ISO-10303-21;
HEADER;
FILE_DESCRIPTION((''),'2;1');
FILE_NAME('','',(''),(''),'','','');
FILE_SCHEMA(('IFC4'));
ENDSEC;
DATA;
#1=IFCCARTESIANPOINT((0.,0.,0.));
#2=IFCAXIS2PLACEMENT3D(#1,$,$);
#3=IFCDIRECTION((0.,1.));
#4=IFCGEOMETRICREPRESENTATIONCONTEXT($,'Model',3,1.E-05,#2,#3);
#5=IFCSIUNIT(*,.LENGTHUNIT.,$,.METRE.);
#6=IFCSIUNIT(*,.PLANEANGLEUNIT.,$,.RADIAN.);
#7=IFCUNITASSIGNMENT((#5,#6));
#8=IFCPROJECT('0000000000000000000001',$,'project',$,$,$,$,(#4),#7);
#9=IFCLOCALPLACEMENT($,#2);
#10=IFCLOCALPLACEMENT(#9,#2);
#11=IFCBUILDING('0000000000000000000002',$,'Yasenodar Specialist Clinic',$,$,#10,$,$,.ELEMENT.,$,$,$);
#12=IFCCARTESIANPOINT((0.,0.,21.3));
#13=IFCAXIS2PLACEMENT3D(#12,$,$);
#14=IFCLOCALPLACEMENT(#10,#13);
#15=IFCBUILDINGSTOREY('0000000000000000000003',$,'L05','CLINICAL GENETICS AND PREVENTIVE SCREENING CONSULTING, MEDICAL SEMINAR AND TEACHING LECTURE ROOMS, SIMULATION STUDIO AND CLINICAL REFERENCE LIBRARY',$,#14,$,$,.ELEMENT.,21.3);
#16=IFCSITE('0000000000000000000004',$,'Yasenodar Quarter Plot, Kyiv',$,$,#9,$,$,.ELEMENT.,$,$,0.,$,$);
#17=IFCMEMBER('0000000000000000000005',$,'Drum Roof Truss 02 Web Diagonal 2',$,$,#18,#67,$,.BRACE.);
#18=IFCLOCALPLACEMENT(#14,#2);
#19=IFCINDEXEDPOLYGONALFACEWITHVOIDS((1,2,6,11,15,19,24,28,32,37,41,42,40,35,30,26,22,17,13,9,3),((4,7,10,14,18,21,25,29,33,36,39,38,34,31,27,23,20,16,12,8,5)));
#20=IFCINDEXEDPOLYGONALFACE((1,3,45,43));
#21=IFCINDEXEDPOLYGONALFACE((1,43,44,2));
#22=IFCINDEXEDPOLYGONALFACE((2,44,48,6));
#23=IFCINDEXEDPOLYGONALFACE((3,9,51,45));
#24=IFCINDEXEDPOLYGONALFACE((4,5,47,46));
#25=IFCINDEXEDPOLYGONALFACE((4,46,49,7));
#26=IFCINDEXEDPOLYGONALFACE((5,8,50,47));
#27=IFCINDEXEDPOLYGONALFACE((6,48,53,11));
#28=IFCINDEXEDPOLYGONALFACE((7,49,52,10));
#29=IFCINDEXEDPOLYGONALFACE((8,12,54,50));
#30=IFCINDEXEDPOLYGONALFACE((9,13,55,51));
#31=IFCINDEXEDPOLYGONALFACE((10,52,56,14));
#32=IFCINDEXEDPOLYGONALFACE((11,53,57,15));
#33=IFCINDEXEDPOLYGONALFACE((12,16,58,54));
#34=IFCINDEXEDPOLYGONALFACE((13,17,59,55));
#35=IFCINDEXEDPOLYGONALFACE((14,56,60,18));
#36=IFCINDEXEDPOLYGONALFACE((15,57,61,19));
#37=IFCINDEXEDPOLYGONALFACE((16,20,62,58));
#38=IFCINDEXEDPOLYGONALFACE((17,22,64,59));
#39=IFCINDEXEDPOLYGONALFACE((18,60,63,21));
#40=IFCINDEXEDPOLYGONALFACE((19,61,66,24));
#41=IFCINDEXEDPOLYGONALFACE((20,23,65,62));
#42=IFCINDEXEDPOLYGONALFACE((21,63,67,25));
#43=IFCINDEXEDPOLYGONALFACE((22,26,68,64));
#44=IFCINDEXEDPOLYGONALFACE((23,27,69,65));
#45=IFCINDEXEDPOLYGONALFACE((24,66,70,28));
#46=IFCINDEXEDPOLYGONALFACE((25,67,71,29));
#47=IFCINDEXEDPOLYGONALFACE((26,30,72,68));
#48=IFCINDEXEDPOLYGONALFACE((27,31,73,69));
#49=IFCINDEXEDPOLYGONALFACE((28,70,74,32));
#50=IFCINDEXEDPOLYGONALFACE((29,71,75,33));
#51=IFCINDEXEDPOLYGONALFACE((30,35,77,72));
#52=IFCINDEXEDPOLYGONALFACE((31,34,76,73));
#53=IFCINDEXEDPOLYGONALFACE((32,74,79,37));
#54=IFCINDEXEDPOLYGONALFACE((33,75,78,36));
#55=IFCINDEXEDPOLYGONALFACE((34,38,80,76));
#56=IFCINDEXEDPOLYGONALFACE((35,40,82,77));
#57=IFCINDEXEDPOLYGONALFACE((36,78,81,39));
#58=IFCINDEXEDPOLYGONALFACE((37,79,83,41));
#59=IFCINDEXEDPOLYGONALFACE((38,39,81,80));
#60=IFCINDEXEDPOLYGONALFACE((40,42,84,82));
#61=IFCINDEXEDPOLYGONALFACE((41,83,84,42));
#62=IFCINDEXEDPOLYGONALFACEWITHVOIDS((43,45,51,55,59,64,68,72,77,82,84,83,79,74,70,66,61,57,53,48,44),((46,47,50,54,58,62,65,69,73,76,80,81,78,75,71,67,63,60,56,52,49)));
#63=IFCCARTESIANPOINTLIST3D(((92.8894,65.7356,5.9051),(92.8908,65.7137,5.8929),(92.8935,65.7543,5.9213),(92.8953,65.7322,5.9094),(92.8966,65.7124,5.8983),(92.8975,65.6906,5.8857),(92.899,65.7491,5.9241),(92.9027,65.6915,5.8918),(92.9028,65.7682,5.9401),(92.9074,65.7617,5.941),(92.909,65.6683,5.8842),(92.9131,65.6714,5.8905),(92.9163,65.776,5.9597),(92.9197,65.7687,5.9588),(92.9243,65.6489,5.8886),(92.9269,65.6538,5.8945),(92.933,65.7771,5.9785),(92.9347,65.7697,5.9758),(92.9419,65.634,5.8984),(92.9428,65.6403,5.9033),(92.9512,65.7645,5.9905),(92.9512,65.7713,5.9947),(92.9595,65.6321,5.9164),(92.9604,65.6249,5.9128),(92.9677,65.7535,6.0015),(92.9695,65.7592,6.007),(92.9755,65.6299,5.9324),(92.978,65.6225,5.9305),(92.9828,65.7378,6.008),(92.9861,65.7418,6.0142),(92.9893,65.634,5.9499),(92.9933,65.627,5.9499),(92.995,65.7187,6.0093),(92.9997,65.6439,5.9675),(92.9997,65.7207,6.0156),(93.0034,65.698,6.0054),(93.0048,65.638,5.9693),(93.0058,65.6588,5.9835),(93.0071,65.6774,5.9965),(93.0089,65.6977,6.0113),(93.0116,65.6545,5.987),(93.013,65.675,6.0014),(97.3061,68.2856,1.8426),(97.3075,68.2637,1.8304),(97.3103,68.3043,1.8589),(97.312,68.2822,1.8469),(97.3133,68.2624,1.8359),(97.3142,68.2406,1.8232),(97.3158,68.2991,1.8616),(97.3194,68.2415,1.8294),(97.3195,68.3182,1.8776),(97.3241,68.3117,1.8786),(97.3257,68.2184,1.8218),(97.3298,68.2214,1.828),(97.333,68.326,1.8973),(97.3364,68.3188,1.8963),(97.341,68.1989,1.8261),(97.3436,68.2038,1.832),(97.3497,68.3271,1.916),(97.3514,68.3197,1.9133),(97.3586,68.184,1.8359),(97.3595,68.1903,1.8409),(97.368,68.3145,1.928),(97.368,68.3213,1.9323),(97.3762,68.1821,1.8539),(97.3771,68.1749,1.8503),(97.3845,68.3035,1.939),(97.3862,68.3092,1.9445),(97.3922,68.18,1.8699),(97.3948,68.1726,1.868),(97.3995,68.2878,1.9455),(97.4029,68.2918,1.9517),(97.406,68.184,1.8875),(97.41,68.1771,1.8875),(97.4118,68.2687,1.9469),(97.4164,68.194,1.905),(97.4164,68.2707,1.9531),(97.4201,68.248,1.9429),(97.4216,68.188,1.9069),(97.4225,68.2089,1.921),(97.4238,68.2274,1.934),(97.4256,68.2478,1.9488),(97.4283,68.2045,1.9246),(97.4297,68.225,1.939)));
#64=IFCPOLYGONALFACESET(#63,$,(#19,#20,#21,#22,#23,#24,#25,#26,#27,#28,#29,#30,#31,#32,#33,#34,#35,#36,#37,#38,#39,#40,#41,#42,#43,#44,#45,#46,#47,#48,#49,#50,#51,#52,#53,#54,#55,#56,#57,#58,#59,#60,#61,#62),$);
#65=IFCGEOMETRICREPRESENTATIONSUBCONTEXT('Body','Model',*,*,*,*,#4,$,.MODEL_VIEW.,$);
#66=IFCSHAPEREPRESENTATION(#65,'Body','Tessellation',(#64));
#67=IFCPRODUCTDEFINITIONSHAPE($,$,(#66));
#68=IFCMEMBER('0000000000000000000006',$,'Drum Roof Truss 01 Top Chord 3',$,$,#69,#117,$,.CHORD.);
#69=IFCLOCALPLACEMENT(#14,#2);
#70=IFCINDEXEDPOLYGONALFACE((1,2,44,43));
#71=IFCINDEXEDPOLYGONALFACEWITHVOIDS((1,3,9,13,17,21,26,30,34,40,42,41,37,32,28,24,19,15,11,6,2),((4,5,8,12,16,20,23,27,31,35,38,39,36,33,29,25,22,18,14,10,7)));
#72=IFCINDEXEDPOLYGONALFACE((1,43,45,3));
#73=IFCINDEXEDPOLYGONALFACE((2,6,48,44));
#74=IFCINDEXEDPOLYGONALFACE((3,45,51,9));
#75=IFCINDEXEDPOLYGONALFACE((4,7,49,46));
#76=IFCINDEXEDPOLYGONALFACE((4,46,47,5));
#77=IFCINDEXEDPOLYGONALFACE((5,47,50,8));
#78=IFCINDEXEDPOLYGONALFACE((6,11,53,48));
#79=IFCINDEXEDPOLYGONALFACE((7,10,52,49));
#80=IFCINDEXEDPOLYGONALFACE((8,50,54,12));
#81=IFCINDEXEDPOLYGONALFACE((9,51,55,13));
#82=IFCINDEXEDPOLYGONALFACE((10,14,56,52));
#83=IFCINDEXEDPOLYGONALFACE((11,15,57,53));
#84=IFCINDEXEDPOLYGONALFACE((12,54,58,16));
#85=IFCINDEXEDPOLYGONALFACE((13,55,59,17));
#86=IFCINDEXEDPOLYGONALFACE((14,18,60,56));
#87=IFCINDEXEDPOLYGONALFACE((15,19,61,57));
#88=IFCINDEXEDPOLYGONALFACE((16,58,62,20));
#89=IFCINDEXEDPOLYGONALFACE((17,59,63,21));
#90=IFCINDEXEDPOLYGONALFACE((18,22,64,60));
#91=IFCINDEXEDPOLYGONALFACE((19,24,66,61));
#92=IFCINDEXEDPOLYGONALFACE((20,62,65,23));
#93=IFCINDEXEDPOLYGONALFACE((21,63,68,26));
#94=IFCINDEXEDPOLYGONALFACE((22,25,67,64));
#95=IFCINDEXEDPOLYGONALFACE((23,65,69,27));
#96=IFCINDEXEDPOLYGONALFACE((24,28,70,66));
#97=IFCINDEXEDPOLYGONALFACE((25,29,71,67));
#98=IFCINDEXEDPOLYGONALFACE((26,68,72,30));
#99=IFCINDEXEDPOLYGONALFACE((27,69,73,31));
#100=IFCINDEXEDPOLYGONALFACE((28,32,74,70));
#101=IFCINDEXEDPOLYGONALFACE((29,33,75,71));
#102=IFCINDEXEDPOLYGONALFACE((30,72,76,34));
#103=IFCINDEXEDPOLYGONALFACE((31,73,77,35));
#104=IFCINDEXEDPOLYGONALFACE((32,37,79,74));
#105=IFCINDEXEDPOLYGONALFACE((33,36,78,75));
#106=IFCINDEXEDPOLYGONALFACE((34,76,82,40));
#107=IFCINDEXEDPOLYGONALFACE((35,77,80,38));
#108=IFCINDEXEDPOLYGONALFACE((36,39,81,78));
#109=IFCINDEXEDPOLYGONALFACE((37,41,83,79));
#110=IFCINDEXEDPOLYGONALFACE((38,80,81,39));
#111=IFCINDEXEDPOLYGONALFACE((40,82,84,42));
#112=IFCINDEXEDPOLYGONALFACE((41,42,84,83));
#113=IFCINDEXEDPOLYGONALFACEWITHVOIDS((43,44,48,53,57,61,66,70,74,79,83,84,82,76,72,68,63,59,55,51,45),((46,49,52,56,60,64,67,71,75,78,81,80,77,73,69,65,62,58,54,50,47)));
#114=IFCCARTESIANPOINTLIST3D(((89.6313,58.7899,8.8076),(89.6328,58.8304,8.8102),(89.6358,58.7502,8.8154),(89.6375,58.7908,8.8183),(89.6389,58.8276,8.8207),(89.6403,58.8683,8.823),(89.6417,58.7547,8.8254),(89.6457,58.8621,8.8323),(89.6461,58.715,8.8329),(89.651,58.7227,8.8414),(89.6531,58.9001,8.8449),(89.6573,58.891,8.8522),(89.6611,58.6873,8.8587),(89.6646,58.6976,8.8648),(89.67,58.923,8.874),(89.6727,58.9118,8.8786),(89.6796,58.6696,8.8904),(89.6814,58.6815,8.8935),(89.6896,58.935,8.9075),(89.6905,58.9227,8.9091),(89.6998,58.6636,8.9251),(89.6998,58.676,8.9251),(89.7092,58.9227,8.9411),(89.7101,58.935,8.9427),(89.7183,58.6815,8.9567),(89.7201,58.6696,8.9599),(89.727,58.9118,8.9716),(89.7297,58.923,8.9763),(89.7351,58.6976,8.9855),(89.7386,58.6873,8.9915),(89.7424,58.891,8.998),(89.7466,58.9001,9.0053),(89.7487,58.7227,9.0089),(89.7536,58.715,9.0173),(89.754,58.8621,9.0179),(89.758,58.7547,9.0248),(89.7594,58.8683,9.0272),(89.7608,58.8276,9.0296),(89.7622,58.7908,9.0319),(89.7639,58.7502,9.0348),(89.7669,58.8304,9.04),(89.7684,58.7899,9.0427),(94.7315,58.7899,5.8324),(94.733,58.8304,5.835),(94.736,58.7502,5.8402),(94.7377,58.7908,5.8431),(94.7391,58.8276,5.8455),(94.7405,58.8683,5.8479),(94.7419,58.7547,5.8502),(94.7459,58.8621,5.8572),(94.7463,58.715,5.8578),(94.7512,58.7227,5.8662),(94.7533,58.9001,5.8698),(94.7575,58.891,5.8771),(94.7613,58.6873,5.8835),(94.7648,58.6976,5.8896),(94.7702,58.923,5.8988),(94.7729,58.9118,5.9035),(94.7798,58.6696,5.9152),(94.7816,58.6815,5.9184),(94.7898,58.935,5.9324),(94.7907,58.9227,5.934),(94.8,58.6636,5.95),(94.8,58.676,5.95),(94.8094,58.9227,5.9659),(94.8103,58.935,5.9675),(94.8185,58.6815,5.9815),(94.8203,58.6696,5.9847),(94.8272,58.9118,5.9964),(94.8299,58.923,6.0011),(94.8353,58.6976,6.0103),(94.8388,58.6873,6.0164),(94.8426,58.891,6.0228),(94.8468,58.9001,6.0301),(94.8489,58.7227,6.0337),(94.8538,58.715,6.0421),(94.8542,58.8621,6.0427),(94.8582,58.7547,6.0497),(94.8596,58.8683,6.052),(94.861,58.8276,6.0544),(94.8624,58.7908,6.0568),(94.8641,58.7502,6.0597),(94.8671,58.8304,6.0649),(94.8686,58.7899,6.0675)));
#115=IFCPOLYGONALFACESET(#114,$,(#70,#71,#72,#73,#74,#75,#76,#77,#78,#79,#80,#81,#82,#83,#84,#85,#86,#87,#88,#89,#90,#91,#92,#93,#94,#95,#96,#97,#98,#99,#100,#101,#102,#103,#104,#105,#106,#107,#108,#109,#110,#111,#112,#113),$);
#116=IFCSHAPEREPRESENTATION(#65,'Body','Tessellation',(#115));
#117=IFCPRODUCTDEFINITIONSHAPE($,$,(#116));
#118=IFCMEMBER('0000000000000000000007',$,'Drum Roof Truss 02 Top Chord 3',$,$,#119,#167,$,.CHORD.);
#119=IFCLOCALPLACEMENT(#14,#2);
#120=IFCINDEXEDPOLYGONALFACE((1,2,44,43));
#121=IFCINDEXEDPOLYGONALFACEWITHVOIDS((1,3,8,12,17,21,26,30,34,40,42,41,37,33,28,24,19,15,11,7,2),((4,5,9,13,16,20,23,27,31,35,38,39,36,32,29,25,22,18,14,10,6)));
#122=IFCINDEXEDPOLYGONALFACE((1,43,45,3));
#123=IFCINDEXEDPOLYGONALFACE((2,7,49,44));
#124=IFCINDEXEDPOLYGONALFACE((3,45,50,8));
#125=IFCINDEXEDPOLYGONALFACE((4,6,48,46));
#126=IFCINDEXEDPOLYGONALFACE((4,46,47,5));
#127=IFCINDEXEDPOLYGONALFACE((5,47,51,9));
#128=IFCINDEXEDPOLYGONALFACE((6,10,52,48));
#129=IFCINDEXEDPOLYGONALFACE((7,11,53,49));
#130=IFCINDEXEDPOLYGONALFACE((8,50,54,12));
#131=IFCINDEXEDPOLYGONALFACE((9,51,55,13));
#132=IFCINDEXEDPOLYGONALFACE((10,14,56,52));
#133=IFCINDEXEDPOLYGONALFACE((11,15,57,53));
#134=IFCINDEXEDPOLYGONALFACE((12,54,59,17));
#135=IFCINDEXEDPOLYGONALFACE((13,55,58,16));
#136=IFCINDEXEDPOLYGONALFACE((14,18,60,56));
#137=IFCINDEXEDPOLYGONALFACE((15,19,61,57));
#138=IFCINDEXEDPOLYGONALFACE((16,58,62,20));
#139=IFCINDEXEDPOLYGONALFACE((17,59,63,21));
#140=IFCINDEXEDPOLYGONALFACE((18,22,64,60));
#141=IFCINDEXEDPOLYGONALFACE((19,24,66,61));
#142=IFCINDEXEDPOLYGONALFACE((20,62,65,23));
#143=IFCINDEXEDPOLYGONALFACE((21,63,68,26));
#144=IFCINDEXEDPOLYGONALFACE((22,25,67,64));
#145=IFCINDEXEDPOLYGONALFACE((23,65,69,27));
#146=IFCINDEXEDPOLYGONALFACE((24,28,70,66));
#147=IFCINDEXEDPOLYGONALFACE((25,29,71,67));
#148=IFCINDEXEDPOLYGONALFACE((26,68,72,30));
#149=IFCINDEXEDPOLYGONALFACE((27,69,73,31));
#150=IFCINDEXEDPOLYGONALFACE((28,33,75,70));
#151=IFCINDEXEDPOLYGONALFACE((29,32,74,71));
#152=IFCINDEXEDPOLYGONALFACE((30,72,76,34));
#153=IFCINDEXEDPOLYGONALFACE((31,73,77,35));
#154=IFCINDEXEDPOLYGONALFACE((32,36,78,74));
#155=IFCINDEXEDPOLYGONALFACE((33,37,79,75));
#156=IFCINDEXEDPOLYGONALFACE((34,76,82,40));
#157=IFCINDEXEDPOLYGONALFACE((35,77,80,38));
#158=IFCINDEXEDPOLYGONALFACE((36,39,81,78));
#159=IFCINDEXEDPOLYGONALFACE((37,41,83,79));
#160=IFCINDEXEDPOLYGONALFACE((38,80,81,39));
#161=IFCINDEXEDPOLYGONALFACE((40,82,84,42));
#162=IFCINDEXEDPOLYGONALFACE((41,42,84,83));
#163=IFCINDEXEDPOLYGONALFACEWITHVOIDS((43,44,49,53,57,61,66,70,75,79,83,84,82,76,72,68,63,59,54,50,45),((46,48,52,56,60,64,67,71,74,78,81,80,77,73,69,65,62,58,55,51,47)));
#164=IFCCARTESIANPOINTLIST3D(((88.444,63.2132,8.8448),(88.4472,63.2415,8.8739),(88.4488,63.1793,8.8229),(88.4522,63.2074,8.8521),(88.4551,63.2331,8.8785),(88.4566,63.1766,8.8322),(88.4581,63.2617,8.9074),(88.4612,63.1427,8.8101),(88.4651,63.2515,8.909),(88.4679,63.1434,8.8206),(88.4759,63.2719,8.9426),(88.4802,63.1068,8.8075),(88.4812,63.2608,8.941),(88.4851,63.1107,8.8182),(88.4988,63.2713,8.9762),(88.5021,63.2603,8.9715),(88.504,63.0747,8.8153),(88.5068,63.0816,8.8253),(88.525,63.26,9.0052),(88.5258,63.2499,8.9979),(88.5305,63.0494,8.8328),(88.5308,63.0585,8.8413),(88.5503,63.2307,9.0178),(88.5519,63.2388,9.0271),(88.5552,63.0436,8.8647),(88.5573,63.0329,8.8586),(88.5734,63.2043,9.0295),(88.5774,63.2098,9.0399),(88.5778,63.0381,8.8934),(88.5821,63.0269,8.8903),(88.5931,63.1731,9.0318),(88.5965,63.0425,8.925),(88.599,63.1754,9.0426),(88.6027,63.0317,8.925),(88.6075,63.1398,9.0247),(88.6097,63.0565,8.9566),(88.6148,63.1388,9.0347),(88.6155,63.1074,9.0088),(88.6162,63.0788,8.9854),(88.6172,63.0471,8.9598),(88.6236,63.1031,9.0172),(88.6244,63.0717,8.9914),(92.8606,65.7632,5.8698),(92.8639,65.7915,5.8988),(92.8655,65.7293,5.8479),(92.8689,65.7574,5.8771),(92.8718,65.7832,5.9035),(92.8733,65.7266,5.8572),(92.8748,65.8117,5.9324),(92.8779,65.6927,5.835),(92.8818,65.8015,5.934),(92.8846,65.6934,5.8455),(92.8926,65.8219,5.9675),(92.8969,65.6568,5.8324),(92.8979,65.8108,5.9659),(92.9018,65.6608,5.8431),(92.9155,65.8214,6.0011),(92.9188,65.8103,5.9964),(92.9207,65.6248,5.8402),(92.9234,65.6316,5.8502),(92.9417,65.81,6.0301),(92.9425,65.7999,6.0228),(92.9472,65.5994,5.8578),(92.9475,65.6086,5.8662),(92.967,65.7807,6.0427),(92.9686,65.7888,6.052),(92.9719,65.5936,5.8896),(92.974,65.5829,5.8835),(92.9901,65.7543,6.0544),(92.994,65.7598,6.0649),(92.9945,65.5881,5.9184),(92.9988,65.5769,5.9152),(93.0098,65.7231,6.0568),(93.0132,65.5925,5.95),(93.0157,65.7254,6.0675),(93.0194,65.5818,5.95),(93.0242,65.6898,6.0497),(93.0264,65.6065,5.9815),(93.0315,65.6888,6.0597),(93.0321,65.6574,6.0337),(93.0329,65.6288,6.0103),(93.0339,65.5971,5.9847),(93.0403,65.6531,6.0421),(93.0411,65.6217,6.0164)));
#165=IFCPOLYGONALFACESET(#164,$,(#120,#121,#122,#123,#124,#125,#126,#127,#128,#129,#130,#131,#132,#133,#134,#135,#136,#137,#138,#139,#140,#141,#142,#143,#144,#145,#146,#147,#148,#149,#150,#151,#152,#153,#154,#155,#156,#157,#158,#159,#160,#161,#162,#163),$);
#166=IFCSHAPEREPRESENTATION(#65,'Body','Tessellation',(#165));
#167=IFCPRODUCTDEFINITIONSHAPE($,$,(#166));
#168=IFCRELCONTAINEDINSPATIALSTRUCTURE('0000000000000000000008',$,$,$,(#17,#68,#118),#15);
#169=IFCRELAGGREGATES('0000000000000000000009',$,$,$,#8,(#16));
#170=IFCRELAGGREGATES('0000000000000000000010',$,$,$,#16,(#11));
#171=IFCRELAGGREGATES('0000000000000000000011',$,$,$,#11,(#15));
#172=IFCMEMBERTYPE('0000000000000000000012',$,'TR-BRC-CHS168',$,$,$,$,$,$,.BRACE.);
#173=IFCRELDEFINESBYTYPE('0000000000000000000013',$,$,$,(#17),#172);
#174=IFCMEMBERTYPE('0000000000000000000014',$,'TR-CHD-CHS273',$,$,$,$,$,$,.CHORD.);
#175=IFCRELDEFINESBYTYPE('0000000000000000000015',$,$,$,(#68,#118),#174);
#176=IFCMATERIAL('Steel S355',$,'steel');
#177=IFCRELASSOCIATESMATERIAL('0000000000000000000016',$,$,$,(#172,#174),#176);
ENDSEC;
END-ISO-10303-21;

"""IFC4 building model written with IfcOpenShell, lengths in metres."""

from ifc_helpers import new_model, si_unit, direction, frame, origin, origin_2d, place, context, subcontext, project, spatial, hollow_circle, extrude, material, material_profile, profile_set, type_object, element, save


model = new_model("IFC4")

# Units and contexts
model_context = context("Model", 3, precision=1e-05, world=origin(), true_north=direction((0.0, 1.0)))
body_context = subcontext(model_context, "Body", "Model", "MODEL_VIEW")
ifc_project = project(units=[si_unit("LENGTHUNIT", "METRE"), si_unit("PLANEANGLEUNIT", "RADIAN")], contexts=[model_context])

# Site, building, storey
site_placement = place(None, origin())
site = spatial("IfcSite", under=ifc_project, at=site_placement, Name="Yasenodar Quarter Plot, Kyiv", CompositionType="ELEMENT", RefElevation=0.0)
building_placement = place(site_placement, origin())
building = spatial("IfcBuilding", under=site, at=building_placement, Name="Yasenodar Specialist Clinic", CompositionType="ELEMENT")
storey_placement = place(building_placement, frame((0.0, 0.0, 21.3)))
storey = spatial("IfcBuildingStorey", under=building, at=storey_placement, Name="L05", Description="CLINICAL GENETICS AND PREVENTIVE SCREENING CONSULTING, MEDICAL SEMINAR AND TEACHING LECTURE ROOMS, SIMULATION STUDIO AND CLINICAL REFERENCE LIBRARY", CompositionType="ELEMENT", Elevation=21.3)

# Members
ifc_material = material(Name="Steel S355", Category="steel")
ifc_material_profile_1 = material_profile(ifc_material, hollow_circle(Radius=0.0842, WallThickness=0.0081, at=origin_2d()), Name="CHS 168.3x8")
ifc_profile_set_1 = profile_set([ifc_material_profile_1], Name="Steel S355")
member_type_1 = type_object("IfcMemberType", Name="TR-BRC-CHS168", PredefinedType="BRACE", material=ifc_profile_set_1)
for number, where, z_axis, x_axis, name in (
    (1, (97.3679, 68.25, 1.8875), (-0.677384, -0.391094, 0.623054), (0.500006, -0.866022, 0.0), "Drum Roof Truss 02 Web Diagonal 2"),
):
    element("IfcMember", number, at=place(storey_placement, frame(where, z_axis=z_axis, x_axis=x_axis)), inside=storey, type_object=member_type_1, Name=name, PredefinedType="BRACE", context=body_context, shape_type="SweptSolid", body=[
        extrude(hollow_circle(Radius=0.0842, WallThickness=0.0081, at=origin_2d()), origin(), (0.0, 0.0, 1.0), 6.5203),
    ])
ifc_material_profile_2 = material_profile(ifc_material, hollow_circle(Radius=0.1365, WallThickness=0.0125, at=origin_2d()), Name="CHS 273x12.5")
ifc_profile_set_2 = profile_set([ifc_material_profile_2], Name="Steel S355")
member_type_2 = type_object("IfcMemberType", Name="TR-CHD-CHS273", PredefinedType="CHORD", material=ifc_profile_set_2)
member_1_placement = place(storey_placement, frame((94.8, 58.8, 5.95), z_axis=(-0.863776, 0.0, 0.503876), x_axis=(0.0, -1.0, 0.0)))
element("IfcMember", 2, at=member_1_placement, inside=storey, type_object=member_type_2, Name="Drum Roof Truss 01 Top Chord 3", PredefinedType="CHORD", context=body_context, shape_type="SweptSolid", body=[
    extrude(hollow_circle(Radius=0.1365, WallThickness=0.0125, at=origin_2d()), origin(), (0.0, 0.0, 1.0), 5.9045),
])
member_2_placement = place(storey_placement, frame((92.9512, 65.7, 5.95), z_axis=(-0.748047, -0.431892, 0.50388), x_axis=(0.500006, -0.866022, 0.0)))
element("IfcMember", 3, at=member_2_placement, inside=storey, type_object=member_type_2, Name="Drum Roof Truss 02 Top Chord 3", PredefinedType="CHORD", context=body_context, shape_type="SweptSolid", body=[
    extrude(hollow_circle(Radius=0.1365, WallThickness=0.0125, at=origin_2d()), origin(), (0.0, 0.0, 1.0), 5.9043),
])

save(model, "model.ifc")
